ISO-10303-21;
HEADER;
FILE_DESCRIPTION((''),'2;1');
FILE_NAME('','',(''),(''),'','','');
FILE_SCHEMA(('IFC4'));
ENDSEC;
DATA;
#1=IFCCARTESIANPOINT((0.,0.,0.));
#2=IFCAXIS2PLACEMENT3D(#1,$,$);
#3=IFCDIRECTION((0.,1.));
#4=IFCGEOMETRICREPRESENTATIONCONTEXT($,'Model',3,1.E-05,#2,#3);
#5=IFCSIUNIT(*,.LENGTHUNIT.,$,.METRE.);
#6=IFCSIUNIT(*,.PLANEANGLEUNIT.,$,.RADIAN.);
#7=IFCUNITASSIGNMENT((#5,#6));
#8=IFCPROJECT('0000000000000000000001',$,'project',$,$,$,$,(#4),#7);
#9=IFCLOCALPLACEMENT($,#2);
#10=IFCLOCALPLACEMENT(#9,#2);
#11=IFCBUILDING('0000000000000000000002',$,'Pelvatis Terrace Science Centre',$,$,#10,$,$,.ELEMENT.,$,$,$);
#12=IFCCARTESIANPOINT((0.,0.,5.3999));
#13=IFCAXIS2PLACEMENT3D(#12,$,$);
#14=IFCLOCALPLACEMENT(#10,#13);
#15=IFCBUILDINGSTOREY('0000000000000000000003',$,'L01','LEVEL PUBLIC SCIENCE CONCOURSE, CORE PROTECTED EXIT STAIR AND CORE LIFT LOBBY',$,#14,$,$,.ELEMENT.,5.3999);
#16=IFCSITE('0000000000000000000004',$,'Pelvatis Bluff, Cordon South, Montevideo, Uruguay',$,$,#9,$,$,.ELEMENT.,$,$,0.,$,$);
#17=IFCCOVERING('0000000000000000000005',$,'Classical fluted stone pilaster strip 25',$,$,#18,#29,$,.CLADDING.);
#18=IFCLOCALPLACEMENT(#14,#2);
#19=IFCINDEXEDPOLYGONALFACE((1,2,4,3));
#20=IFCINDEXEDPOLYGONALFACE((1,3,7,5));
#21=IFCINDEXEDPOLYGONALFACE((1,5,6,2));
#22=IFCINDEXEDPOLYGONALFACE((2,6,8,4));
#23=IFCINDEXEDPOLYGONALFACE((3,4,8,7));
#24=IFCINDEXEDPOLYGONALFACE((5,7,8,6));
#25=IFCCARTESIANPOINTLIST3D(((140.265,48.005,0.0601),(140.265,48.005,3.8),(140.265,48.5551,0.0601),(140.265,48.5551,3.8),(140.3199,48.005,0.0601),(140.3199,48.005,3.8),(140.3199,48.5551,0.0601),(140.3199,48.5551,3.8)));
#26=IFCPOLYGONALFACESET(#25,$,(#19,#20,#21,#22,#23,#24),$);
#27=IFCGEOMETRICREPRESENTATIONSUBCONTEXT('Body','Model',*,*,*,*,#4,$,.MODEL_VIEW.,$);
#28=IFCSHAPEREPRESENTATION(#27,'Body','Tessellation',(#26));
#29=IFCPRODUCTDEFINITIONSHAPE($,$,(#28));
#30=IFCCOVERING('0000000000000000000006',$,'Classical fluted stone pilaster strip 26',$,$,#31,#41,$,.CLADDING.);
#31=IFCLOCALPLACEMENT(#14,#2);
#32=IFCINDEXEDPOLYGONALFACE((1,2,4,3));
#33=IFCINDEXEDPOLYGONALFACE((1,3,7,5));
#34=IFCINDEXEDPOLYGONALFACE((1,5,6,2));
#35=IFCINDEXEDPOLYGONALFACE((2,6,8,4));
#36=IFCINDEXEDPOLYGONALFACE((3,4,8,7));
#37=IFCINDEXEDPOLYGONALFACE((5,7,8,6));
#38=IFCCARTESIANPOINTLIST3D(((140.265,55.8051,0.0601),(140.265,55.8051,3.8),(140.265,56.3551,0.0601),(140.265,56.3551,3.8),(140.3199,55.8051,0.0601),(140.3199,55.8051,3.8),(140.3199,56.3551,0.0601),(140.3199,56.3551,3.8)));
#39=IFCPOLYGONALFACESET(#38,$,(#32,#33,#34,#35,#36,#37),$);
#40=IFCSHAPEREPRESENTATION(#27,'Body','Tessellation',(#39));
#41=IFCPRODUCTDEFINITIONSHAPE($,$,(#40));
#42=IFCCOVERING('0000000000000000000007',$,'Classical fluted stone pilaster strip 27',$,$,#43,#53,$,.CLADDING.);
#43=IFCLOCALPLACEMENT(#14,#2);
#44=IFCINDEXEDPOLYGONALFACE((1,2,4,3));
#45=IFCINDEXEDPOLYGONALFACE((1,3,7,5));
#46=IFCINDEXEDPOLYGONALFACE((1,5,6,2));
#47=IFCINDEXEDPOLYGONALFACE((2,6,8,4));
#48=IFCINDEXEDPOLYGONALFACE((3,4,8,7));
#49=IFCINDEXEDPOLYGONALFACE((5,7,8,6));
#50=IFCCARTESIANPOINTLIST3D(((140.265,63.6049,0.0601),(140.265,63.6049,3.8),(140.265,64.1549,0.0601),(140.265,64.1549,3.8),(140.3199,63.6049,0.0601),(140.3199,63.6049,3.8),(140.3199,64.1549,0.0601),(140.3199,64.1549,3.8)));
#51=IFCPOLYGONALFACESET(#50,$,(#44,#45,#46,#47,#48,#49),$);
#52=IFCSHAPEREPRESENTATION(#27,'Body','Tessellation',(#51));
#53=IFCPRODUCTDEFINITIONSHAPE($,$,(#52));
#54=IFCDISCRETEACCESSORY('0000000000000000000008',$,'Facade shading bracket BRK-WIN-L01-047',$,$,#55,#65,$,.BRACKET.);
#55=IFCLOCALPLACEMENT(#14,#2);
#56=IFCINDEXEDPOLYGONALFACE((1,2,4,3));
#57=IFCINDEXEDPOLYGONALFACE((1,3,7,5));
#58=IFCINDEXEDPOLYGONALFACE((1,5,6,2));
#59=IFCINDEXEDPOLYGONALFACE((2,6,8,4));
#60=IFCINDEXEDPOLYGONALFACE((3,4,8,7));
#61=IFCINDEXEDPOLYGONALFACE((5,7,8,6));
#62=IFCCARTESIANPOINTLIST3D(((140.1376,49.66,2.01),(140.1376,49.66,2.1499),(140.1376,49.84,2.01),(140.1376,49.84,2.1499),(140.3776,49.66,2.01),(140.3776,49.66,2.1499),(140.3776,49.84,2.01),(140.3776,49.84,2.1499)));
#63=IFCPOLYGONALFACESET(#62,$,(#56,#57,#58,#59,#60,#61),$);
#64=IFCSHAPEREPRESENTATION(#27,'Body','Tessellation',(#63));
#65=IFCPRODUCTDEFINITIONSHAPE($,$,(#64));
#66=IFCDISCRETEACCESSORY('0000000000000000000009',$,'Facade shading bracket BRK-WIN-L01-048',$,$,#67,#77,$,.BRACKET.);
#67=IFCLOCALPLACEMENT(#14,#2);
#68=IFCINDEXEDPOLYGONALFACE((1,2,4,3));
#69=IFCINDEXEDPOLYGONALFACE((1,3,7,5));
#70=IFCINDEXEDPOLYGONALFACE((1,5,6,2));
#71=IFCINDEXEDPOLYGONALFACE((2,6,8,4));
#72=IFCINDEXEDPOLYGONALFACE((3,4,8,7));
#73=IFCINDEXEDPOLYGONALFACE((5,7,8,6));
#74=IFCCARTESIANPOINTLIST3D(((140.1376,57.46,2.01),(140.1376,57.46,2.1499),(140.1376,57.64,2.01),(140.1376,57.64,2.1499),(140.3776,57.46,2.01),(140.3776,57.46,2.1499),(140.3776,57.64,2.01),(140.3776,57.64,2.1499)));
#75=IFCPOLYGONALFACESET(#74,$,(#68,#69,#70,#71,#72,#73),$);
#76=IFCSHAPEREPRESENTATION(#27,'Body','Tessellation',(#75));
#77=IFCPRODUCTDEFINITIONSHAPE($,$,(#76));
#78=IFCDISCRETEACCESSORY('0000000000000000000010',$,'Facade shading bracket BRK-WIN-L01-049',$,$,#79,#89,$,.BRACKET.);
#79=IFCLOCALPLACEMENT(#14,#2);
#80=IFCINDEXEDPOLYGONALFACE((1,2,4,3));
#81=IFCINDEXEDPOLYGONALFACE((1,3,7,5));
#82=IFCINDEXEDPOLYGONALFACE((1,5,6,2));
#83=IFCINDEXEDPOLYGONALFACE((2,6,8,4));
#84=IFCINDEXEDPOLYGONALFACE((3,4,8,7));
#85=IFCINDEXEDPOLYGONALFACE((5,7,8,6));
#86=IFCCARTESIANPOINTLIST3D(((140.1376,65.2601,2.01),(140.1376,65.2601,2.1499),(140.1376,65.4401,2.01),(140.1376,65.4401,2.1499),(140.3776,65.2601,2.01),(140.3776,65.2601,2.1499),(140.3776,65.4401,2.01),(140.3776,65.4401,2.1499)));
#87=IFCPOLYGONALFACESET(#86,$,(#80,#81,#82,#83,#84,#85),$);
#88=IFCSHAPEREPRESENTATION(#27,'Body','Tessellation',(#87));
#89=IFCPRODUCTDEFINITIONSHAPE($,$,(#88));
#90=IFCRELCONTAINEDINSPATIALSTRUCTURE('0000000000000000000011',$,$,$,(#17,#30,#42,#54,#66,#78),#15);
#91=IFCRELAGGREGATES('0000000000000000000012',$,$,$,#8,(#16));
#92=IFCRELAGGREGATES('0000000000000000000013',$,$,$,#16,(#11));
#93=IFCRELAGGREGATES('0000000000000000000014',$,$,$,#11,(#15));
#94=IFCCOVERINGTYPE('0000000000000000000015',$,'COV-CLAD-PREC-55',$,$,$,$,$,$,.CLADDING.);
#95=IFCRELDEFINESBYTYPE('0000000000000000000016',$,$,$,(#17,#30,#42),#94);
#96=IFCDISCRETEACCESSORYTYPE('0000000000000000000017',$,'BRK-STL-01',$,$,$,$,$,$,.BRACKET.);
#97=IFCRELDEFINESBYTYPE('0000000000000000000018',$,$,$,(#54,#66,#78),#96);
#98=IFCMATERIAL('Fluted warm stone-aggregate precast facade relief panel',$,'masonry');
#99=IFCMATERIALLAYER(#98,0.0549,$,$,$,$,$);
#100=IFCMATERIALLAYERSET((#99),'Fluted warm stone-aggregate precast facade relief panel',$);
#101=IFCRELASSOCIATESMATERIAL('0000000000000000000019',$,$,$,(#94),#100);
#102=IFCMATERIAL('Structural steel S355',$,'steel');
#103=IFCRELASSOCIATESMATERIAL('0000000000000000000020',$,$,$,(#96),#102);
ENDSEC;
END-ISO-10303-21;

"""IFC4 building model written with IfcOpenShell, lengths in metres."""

from ifc_helpers import new_model, si_unit, direction, frame, origin, origin_2d, place, context, subcontext, project, spatial, rectangle, extrude, material, layer, layer_set, type_object, element, save


model = new_model("IFC4")

# Units and contexts
model_context = context("Model", 3, precision=1e-05, world=origin(), true_north=direction((0.0, 1.0)))
body_context = subcontext(model_context, "Body", "Model", "MODEL_VIEW")
ifc_project = project(units=[si_unit("LENGTHUNIT", "METRE"), si_unit("PLANEANGLEUNIT", "RADIAN")], contexts=[model_context])

# Site, building, storey
site_placement = place(None, origin())
site = spatial("IfcSite", under=ifc_project, at=site_placement, Name="Pelvatis Bluff, Cordon South, Montevideo, Uruguay", CompositionType="ELEMENT", RefElevation=0.0)
building_placement = place(site_placement, origin())
building = spatial("IfcBuilding", under=site, at=building_placement, Name="Pelvatis Terrace Science Centre", CompositionType="ELEMENT")
storey_placement = place(building_placement, frame((0.0, 0.0, 5.3999)))
storey = spatial("IfcBuildingStorey", under=building, at=storey_placement, Name="L01", Description="LEVEL PUBLIC SCIENCE CONCOURSE, CORE PROTECTED EXIT STAIR AND CORE LIFT LOBBY", CompositionType="ELEMENT", Elevation=5.3999)

# Coverings
ifc_material_1 = material(Name="Fluted warm stone-aggregate precast facade relief panel", Category="masonry")
ifc_layer = layer(ifc_material_1, 0.0549)
ifc_layer_set = layer_set([ifc_layer], Name="Fluted warm stone-aggregate precast facade relief panel")
covering_type = type_object("IfcCoveringType", Name="COV-CLAD-PREC-55", PredefinedType="CLADDING", material=ifc_layer_set)
for number, where, z_axis, x_axis, name in (
    (1, (140.2925, 48.28, 0.0601), (0.0, 0.0, 1.0), (1.0, 0.0, 0.0), "Classical fluted stone pilaster strip 25"),
    (2, (140.2925, 56.0801, 0.0601), (0.0, 0.0, 1.0), (1.0, 0.0, 0.0), "Classical fluted stone pilaster strip 26"),
    (3, (140.2925, 63.8799, 0.0601), (0.0, 0.0, 1.0), (1.0, 0.0, 0.0), "Classical fluted stone pilaster strip 27"),
):
    element("IfcCovering", number, at=place(storey_placement, frame(where, z_axis=z_axis, x_axis=x_axis)), inside=storey, type_object=covering_type, Name=name, PredefinedType="CLADDING", context=body_context, shape_type="SweptSolid", body=[
        extrude(rectangle(XDim=0.0549, YDim=0.55, at=origin_2d()), origin(), (0.0, 0.0, 1.0), 3.74),
    ])

# Discrete accessories
ifc_material_2 = material(Name="Structural steel S355", Category="steel")
discrete_accessory_type = type_object("IfcDiscreteAccessoryType", Name="BRK-STL-01", PredefinedType="BRACKET", material=ifc_material_2)
for number, where, name in (
    (4, (140.2576, 49.75, 2.01), "Facade shading bracket BRK-WIN-L01-047"),
    (5, (140.2576, 57.55, 2.01), "Facade shading bracket BRK-WIN-L01-048"),
    (6, (140.2576, 65.3501, 2.01), "Facade shading bracket BRK-WIN-L01-049"),
):
    element("IfcDiscreteAccessory", number, at=place(storey_placement, frame(where)), inside=storey, type_object=discrete_accessory_type, Name=name, PredefinedType="BRACKET", context=body_context, shape_type="SweptSolid", body=[
        extrude(rectangle(XDim=0.24, YDim=0.18, at=origin_2d()), origin(), (0.0, 0.0, 1.0), 0.1399),
    ])

save(model, "model.ifc")
